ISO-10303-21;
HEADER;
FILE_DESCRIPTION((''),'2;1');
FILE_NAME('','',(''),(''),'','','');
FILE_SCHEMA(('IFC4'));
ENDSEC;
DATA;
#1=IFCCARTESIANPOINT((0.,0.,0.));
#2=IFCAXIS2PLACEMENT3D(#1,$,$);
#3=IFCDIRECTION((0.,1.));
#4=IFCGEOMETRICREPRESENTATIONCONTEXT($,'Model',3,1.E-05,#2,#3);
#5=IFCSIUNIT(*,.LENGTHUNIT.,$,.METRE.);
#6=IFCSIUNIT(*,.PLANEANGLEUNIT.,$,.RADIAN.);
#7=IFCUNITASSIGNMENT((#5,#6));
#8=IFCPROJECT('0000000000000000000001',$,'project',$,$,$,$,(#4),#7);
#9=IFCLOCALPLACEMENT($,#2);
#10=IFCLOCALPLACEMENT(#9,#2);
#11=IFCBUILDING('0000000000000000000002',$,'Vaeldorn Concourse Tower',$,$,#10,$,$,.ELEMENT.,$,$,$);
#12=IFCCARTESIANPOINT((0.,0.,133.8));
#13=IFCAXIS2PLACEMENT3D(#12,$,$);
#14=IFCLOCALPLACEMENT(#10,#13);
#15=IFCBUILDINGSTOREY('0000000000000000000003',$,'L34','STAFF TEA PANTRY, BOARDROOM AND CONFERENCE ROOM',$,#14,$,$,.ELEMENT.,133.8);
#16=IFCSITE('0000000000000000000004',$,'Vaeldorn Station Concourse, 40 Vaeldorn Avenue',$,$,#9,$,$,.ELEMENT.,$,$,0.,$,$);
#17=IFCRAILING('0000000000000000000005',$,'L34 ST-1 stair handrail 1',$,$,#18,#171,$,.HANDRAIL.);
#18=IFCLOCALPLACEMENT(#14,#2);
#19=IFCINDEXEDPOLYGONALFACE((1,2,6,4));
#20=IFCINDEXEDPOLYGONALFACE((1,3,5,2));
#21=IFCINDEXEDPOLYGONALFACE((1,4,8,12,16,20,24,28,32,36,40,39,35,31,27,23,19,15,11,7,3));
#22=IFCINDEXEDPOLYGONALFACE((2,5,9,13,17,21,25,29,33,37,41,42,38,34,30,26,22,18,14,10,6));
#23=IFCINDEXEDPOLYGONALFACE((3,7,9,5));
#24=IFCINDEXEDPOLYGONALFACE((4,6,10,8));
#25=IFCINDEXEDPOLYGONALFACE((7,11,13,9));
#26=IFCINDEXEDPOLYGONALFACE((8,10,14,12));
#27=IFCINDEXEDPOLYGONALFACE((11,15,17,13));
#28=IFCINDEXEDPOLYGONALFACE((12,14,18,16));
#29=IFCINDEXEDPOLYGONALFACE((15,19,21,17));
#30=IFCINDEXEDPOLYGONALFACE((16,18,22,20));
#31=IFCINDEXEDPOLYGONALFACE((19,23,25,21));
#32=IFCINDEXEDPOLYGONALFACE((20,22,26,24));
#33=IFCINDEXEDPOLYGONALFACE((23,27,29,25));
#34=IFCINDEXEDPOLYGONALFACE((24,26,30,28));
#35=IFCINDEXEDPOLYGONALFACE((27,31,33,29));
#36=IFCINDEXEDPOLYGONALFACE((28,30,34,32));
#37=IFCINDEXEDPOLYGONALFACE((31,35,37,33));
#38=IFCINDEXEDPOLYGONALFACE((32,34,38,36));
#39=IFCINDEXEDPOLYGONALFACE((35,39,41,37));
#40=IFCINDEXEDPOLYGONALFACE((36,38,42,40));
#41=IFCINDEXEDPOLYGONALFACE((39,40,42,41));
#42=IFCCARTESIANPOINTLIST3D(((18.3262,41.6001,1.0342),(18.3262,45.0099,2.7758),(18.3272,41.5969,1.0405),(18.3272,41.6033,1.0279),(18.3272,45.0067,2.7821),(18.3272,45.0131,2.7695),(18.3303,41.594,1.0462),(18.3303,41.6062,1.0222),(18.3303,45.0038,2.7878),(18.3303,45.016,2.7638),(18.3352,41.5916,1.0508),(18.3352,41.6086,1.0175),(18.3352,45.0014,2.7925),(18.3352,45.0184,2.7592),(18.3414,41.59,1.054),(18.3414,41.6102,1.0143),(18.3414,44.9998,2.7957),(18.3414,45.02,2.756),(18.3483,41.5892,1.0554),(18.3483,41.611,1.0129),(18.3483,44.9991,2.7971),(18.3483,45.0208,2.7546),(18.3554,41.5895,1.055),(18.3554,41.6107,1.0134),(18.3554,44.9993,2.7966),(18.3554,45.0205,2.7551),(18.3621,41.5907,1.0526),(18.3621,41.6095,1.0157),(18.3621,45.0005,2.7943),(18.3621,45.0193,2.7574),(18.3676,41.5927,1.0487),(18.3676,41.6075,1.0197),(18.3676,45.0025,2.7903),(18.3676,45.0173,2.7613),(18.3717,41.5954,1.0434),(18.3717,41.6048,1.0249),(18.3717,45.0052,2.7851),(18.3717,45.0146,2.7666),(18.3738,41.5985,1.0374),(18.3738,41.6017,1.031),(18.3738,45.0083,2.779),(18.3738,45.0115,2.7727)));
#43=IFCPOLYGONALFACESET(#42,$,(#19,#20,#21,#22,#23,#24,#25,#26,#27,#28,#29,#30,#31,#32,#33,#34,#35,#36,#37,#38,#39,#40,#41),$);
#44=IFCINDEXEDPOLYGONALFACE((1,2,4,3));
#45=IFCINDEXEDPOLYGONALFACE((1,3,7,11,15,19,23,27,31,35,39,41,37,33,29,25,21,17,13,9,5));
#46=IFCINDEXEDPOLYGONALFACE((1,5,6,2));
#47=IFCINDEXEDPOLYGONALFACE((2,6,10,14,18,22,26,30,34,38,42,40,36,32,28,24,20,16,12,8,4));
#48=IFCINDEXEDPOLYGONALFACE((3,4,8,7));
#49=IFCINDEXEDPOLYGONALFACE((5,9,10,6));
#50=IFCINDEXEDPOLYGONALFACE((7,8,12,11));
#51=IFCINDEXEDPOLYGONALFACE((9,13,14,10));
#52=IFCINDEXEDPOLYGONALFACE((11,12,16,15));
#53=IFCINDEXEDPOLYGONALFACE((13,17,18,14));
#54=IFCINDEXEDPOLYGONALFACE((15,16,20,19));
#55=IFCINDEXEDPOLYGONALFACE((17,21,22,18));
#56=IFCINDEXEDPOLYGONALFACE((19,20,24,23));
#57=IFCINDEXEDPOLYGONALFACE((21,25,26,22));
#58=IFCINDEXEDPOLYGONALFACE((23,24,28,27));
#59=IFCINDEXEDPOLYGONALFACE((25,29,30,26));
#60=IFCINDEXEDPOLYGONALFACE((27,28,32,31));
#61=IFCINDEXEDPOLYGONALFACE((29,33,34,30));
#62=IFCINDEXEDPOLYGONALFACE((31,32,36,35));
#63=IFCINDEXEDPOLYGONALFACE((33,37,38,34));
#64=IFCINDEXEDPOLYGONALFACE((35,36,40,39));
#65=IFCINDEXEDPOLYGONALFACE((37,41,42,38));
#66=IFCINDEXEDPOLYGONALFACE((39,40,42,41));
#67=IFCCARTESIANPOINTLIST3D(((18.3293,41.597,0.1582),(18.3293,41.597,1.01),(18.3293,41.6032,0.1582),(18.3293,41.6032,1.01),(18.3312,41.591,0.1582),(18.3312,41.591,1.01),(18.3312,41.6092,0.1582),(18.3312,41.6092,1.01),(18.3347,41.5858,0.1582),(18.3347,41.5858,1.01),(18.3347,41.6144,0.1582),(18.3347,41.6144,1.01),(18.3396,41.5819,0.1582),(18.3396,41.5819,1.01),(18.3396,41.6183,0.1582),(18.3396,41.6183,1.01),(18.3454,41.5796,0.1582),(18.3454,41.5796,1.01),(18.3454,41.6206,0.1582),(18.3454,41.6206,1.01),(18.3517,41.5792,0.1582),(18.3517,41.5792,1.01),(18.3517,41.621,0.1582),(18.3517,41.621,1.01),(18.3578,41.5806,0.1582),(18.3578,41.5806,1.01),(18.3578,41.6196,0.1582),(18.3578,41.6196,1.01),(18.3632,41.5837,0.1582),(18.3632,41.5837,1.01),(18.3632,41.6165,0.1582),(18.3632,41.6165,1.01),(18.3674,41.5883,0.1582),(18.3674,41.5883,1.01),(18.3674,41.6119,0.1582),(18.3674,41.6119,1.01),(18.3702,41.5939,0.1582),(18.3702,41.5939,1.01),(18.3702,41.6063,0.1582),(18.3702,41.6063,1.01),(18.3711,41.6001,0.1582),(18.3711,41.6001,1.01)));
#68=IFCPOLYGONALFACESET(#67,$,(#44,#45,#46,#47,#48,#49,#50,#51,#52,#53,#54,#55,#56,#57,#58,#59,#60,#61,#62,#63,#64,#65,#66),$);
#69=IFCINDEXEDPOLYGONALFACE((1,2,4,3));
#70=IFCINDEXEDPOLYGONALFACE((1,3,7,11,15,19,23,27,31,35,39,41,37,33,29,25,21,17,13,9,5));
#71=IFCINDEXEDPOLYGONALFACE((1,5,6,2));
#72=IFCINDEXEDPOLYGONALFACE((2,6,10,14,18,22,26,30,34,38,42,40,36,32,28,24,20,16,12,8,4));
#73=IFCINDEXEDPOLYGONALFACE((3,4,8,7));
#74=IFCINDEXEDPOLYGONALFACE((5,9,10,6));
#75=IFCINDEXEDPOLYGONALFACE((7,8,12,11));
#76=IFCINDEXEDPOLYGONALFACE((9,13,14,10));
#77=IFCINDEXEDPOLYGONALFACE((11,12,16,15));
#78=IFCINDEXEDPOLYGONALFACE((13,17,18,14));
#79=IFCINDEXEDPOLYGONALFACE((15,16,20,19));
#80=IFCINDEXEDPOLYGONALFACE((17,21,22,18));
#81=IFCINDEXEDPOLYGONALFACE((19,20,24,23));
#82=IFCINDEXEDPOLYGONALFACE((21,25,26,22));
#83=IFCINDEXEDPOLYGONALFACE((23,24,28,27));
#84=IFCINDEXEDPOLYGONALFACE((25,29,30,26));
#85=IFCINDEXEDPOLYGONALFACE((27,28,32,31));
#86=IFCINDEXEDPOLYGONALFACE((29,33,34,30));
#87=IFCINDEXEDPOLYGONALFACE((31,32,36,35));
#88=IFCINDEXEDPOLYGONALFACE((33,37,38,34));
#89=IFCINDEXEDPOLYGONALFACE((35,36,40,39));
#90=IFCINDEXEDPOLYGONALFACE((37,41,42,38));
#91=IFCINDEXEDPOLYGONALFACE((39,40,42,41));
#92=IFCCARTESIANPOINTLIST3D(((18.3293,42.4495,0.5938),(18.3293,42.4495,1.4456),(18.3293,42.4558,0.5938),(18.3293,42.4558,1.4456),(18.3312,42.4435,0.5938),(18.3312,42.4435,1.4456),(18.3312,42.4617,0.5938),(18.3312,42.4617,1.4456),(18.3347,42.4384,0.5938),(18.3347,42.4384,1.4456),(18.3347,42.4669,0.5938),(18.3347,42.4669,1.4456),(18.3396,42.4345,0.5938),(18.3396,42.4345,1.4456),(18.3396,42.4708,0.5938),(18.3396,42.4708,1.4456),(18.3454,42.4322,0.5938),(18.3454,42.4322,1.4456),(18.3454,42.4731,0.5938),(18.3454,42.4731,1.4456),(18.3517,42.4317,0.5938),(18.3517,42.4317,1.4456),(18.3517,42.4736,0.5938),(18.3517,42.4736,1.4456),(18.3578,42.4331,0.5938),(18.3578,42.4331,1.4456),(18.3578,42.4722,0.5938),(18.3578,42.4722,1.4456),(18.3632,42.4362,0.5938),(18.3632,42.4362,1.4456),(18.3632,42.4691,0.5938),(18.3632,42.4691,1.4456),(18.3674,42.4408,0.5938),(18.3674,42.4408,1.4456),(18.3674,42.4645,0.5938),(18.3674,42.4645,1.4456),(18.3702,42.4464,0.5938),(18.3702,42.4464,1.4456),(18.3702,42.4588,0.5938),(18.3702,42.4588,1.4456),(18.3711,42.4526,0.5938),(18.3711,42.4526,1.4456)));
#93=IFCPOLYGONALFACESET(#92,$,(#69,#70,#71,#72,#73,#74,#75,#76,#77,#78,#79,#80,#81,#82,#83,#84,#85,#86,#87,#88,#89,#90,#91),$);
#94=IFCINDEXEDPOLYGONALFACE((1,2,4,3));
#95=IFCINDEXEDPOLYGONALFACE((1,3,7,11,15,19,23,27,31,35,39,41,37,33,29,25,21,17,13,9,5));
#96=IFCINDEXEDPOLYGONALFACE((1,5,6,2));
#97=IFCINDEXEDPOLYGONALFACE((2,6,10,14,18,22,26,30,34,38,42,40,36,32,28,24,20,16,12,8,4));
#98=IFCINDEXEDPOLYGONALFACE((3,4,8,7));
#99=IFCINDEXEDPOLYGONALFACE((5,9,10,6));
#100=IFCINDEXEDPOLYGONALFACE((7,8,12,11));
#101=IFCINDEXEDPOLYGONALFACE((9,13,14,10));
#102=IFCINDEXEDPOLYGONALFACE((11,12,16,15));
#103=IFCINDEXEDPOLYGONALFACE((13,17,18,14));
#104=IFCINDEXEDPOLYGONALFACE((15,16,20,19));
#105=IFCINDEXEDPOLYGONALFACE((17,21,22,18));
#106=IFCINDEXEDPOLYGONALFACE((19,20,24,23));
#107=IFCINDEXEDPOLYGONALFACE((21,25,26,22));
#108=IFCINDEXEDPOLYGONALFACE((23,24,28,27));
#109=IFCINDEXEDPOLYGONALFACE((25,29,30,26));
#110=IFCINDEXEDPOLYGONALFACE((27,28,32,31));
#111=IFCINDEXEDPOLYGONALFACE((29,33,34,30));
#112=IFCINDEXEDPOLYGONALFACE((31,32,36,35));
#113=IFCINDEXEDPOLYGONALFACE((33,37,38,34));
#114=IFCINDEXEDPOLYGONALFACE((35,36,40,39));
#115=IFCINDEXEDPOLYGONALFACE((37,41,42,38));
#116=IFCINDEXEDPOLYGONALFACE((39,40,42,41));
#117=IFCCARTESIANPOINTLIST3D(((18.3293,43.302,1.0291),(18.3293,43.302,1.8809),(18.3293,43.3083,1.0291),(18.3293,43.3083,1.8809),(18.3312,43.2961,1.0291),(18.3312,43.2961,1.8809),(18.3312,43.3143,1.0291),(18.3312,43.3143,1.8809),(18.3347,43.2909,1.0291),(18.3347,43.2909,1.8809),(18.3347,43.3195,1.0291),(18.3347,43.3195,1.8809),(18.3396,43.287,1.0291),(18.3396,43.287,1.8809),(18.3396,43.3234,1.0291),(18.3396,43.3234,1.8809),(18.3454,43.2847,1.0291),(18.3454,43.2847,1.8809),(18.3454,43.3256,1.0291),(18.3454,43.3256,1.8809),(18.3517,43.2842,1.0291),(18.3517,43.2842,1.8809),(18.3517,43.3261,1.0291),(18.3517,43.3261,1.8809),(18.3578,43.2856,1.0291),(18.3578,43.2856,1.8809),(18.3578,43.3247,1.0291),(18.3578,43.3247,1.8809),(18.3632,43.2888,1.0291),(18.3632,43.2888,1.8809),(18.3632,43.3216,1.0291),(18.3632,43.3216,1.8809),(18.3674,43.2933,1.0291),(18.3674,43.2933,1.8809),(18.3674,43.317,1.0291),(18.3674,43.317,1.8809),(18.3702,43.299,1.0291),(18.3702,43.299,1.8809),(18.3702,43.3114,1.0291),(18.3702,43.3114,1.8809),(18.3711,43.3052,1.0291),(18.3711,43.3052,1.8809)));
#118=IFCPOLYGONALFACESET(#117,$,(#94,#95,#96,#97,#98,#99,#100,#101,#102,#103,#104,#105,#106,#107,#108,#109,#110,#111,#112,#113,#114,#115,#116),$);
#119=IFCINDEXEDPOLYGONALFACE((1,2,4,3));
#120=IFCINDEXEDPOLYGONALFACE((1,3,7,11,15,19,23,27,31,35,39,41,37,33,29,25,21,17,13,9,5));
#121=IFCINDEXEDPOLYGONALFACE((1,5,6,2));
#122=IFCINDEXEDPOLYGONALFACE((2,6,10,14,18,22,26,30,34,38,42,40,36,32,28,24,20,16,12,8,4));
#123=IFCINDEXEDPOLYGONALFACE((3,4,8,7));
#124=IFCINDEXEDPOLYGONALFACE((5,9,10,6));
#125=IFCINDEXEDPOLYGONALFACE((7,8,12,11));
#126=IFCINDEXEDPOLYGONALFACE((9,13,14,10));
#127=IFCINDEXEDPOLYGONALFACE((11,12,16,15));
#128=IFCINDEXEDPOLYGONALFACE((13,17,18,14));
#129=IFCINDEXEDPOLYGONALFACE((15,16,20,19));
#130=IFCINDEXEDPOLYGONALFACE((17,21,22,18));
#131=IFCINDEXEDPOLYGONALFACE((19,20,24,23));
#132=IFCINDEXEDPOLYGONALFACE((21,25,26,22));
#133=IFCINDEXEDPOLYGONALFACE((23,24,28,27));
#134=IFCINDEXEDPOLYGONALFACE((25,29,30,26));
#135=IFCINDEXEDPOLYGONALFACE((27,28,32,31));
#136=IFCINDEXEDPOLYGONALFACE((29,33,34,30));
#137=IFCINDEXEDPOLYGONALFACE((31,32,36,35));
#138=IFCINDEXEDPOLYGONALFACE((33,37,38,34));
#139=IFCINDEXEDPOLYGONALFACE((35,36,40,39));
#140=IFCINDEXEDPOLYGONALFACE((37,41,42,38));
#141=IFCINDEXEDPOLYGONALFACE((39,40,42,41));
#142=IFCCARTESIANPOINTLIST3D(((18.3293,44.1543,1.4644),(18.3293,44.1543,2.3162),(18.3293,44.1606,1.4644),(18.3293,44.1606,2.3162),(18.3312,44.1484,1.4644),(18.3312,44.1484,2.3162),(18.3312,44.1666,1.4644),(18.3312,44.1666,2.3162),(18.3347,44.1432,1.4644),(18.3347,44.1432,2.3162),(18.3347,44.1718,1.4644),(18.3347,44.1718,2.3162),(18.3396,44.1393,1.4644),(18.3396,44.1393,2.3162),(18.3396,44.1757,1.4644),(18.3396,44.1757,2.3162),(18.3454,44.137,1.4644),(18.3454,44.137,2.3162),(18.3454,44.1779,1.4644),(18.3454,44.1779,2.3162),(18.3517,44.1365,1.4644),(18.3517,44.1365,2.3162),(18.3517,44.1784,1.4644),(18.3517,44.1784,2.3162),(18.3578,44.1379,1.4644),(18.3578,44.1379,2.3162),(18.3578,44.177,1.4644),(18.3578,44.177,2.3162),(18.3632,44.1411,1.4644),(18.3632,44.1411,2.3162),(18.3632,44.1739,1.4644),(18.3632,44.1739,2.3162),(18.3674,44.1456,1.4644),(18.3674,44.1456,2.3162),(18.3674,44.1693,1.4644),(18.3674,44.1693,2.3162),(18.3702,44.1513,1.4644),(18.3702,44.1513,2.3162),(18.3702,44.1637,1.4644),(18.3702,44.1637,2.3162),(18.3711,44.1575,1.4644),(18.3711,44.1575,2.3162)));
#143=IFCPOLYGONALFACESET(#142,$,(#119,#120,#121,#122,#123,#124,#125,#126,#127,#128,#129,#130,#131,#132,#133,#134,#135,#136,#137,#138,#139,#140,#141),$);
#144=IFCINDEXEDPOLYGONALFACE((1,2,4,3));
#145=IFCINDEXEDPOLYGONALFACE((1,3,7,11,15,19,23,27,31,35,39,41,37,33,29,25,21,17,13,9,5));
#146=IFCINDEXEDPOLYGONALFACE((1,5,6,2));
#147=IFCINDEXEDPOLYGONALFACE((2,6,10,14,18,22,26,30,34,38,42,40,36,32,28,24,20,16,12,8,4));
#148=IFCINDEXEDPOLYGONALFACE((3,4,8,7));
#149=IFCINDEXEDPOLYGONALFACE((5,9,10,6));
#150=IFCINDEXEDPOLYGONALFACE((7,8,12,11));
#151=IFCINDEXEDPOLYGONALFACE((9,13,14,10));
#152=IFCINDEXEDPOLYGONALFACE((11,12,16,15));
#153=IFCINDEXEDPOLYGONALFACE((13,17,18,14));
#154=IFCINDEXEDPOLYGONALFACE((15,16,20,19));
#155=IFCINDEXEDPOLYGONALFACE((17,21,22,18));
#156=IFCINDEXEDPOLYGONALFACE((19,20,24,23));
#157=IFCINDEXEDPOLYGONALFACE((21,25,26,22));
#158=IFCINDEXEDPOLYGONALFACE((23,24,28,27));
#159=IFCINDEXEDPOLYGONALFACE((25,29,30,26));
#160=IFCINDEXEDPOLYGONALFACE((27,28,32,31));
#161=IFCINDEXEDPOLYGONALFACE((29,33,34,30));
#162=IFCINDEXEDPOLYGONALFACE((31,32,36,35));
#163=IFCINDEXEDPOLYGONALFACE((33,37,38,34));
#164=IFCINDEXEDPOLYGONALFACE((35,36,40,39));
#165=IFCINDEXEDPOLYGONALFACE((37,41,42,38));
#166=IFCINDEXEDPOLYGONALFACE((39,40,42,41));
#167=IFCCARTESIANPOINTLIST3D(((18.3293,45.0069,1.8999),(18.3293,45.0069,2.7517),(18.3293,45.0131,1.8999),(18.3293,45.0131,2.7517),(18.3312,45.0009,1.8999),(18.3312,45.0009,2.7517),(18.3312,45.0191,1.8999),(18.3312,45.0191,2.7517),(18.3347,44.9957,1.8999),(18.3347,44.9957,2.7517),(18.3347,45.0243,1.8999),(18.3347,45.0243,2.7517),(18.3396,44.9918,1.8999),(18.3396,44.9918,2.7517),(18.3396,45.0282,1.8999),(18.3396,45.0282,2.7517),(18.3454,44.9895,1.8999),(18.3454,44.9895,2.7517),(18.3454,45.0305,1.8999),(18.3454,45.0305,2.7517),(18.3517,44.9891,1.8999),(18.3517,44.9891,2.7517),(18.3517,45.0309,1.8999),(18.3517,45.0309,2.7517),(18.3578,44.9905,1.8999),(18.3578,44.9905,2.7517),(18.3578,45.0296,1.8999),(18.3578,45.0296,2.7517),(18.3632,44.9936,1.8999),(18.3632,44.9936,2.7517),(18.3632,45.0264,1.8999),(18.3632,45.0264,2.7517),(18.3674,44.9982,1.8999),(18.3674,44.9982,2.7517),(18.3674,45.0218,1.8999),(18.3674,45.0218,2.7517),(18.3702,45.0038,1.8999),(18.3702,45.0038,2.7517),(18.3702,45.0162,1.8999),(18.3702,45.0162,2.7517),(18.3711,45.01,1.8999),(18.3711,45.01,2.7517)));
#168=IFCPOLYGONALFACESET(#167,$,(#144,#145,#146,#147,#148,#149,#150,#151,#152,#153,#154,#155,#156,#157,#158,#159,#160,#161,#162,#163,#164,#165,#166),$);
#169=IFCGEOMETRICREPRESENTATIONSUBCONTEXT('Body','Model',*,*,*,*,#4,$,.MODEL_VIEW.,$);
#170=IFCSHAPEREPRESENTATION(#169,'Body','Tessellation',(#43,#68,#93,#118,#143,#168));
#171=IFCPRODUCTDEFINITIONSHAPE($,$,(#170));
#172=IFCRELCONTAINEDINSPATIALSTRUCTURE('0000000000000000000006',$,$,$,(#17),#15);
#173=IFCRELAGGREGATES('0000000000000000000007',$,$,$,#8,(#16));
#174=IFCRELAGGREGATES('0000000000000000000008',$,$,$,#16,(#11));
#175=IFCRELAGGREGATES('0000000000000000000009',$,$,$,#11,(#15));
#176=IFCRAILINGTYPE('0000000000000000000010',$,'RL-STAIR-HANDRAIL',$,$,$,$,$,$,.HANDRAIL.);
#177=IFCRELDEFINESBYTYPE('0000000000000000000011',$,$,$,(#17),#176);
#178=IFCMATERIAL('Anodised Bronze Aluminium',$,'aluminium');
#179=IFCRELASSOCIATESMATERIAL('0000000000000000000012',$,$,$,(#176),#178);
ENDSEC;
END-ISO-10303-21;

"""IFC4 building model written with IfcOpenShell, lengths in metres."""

from ifc_helpers import new_model, si_unit, direction, frame, origin, origin_2d, place, context, subcontext, project, spatial, circle, extrude, material, type_object, element, save


model = new_model("IFC4")

# Units and contexts
model_context = context("Model", 3, precision=1e-05, world=origin(), true_north=direction((0.0, 1.0)))
body_context = subcontext(model_context, "Body", "Model", "MODEL_VIEW")
ifc_project = project(units=[si_unit("LENGTHUNIT", "METRE"), si_unit("PLANEANGLEUNIT", "RADIAN")], contexts=[model_context])

# Site, building, storey
site_placement = place(None, origin())
site = spatial("IfcSite", under=ifc_project, at=site_placement, Name="Vaeldorn Station Concourse, 40 Vaeldorn Avenue", CompositionType="ELEMENT", RefElevation=0.0)
building_placement = place(site_placement, origin())
building = spatial("IfcBuilding", under=site, at=building_placement, Name="Vaeldorn Concourse Tower", CompositionType="ELEMENT")
storey_placement = place(building_placement, frame((0.0, 0.0, 133.8)))
storey = spatial("IfcBuildingStorey", under=building, at=storey_placement, Name="L34", Description="STAFF TEA PANTRY, BOARDROOM AND CONFERENCE ROOM", CompositionType="ELEMENT", Elevation=133.8)

# Shared definitions
ifc_material_1 = material(Name="Anodised Bronze Aluminium", Category="aluminium")

# Railing
railing_type_1 = type_object("IfcRailingType", Name="RL-STAIR-HANDRAIL", PredefinedType="HANDRAIL", material=ifc_material_1)
railing_1_placement = place(storey_placement, frame((18.3501, 41.6001, 0.1582)))
element("IfcRailing", 1, at=railing_1_placement, inside=storey, type_object=railing_type_1, Name="L34 ST-1 stair handrail 1", PredefinedType="HANDRAIL", context=body_context, shape_type="SweptSolid", body=[
    extrude(circle(Radius=0.0239, at=origin_2d()), frame((0.0, 0.0, 0.876), z_axis=(0.0, 0.890556, 0.454874), x_axis=(-1.0, 0.0, 0.0)), (0.0, 0.0, 1.0), 3.8289),
    extrude(circle(Radius=0.021, at=origin_2d()), origin(), (0.0, 0.0, 1.0), 0.8518),
    extrude(circle(Radius=0.021, at=origin_2d()), frame((0.0, 0.8525, 0.4355)), (0.0, 0.0, 1.0), 0.8518),
    extrude(circle(Radius=0.021, at=origin_2d()), frame((0.0, 1.7051, 0.8708)), (0.0, 0.0, 1.0), 0.8518),
    extrude(circle(Radius=0.021, at=origin_2d()), frame((0.0, 2.5574, 1.3062)), (0.0, 0.0, 1.0), 0.8518),
    extrude(circle(Radius=0.021, at=origin_2d()), frame((0.0, 3.4099, 1.7417)), (0.0, 0.0, 1.0), 0.8518),
])

save(model, "model.ifc")
